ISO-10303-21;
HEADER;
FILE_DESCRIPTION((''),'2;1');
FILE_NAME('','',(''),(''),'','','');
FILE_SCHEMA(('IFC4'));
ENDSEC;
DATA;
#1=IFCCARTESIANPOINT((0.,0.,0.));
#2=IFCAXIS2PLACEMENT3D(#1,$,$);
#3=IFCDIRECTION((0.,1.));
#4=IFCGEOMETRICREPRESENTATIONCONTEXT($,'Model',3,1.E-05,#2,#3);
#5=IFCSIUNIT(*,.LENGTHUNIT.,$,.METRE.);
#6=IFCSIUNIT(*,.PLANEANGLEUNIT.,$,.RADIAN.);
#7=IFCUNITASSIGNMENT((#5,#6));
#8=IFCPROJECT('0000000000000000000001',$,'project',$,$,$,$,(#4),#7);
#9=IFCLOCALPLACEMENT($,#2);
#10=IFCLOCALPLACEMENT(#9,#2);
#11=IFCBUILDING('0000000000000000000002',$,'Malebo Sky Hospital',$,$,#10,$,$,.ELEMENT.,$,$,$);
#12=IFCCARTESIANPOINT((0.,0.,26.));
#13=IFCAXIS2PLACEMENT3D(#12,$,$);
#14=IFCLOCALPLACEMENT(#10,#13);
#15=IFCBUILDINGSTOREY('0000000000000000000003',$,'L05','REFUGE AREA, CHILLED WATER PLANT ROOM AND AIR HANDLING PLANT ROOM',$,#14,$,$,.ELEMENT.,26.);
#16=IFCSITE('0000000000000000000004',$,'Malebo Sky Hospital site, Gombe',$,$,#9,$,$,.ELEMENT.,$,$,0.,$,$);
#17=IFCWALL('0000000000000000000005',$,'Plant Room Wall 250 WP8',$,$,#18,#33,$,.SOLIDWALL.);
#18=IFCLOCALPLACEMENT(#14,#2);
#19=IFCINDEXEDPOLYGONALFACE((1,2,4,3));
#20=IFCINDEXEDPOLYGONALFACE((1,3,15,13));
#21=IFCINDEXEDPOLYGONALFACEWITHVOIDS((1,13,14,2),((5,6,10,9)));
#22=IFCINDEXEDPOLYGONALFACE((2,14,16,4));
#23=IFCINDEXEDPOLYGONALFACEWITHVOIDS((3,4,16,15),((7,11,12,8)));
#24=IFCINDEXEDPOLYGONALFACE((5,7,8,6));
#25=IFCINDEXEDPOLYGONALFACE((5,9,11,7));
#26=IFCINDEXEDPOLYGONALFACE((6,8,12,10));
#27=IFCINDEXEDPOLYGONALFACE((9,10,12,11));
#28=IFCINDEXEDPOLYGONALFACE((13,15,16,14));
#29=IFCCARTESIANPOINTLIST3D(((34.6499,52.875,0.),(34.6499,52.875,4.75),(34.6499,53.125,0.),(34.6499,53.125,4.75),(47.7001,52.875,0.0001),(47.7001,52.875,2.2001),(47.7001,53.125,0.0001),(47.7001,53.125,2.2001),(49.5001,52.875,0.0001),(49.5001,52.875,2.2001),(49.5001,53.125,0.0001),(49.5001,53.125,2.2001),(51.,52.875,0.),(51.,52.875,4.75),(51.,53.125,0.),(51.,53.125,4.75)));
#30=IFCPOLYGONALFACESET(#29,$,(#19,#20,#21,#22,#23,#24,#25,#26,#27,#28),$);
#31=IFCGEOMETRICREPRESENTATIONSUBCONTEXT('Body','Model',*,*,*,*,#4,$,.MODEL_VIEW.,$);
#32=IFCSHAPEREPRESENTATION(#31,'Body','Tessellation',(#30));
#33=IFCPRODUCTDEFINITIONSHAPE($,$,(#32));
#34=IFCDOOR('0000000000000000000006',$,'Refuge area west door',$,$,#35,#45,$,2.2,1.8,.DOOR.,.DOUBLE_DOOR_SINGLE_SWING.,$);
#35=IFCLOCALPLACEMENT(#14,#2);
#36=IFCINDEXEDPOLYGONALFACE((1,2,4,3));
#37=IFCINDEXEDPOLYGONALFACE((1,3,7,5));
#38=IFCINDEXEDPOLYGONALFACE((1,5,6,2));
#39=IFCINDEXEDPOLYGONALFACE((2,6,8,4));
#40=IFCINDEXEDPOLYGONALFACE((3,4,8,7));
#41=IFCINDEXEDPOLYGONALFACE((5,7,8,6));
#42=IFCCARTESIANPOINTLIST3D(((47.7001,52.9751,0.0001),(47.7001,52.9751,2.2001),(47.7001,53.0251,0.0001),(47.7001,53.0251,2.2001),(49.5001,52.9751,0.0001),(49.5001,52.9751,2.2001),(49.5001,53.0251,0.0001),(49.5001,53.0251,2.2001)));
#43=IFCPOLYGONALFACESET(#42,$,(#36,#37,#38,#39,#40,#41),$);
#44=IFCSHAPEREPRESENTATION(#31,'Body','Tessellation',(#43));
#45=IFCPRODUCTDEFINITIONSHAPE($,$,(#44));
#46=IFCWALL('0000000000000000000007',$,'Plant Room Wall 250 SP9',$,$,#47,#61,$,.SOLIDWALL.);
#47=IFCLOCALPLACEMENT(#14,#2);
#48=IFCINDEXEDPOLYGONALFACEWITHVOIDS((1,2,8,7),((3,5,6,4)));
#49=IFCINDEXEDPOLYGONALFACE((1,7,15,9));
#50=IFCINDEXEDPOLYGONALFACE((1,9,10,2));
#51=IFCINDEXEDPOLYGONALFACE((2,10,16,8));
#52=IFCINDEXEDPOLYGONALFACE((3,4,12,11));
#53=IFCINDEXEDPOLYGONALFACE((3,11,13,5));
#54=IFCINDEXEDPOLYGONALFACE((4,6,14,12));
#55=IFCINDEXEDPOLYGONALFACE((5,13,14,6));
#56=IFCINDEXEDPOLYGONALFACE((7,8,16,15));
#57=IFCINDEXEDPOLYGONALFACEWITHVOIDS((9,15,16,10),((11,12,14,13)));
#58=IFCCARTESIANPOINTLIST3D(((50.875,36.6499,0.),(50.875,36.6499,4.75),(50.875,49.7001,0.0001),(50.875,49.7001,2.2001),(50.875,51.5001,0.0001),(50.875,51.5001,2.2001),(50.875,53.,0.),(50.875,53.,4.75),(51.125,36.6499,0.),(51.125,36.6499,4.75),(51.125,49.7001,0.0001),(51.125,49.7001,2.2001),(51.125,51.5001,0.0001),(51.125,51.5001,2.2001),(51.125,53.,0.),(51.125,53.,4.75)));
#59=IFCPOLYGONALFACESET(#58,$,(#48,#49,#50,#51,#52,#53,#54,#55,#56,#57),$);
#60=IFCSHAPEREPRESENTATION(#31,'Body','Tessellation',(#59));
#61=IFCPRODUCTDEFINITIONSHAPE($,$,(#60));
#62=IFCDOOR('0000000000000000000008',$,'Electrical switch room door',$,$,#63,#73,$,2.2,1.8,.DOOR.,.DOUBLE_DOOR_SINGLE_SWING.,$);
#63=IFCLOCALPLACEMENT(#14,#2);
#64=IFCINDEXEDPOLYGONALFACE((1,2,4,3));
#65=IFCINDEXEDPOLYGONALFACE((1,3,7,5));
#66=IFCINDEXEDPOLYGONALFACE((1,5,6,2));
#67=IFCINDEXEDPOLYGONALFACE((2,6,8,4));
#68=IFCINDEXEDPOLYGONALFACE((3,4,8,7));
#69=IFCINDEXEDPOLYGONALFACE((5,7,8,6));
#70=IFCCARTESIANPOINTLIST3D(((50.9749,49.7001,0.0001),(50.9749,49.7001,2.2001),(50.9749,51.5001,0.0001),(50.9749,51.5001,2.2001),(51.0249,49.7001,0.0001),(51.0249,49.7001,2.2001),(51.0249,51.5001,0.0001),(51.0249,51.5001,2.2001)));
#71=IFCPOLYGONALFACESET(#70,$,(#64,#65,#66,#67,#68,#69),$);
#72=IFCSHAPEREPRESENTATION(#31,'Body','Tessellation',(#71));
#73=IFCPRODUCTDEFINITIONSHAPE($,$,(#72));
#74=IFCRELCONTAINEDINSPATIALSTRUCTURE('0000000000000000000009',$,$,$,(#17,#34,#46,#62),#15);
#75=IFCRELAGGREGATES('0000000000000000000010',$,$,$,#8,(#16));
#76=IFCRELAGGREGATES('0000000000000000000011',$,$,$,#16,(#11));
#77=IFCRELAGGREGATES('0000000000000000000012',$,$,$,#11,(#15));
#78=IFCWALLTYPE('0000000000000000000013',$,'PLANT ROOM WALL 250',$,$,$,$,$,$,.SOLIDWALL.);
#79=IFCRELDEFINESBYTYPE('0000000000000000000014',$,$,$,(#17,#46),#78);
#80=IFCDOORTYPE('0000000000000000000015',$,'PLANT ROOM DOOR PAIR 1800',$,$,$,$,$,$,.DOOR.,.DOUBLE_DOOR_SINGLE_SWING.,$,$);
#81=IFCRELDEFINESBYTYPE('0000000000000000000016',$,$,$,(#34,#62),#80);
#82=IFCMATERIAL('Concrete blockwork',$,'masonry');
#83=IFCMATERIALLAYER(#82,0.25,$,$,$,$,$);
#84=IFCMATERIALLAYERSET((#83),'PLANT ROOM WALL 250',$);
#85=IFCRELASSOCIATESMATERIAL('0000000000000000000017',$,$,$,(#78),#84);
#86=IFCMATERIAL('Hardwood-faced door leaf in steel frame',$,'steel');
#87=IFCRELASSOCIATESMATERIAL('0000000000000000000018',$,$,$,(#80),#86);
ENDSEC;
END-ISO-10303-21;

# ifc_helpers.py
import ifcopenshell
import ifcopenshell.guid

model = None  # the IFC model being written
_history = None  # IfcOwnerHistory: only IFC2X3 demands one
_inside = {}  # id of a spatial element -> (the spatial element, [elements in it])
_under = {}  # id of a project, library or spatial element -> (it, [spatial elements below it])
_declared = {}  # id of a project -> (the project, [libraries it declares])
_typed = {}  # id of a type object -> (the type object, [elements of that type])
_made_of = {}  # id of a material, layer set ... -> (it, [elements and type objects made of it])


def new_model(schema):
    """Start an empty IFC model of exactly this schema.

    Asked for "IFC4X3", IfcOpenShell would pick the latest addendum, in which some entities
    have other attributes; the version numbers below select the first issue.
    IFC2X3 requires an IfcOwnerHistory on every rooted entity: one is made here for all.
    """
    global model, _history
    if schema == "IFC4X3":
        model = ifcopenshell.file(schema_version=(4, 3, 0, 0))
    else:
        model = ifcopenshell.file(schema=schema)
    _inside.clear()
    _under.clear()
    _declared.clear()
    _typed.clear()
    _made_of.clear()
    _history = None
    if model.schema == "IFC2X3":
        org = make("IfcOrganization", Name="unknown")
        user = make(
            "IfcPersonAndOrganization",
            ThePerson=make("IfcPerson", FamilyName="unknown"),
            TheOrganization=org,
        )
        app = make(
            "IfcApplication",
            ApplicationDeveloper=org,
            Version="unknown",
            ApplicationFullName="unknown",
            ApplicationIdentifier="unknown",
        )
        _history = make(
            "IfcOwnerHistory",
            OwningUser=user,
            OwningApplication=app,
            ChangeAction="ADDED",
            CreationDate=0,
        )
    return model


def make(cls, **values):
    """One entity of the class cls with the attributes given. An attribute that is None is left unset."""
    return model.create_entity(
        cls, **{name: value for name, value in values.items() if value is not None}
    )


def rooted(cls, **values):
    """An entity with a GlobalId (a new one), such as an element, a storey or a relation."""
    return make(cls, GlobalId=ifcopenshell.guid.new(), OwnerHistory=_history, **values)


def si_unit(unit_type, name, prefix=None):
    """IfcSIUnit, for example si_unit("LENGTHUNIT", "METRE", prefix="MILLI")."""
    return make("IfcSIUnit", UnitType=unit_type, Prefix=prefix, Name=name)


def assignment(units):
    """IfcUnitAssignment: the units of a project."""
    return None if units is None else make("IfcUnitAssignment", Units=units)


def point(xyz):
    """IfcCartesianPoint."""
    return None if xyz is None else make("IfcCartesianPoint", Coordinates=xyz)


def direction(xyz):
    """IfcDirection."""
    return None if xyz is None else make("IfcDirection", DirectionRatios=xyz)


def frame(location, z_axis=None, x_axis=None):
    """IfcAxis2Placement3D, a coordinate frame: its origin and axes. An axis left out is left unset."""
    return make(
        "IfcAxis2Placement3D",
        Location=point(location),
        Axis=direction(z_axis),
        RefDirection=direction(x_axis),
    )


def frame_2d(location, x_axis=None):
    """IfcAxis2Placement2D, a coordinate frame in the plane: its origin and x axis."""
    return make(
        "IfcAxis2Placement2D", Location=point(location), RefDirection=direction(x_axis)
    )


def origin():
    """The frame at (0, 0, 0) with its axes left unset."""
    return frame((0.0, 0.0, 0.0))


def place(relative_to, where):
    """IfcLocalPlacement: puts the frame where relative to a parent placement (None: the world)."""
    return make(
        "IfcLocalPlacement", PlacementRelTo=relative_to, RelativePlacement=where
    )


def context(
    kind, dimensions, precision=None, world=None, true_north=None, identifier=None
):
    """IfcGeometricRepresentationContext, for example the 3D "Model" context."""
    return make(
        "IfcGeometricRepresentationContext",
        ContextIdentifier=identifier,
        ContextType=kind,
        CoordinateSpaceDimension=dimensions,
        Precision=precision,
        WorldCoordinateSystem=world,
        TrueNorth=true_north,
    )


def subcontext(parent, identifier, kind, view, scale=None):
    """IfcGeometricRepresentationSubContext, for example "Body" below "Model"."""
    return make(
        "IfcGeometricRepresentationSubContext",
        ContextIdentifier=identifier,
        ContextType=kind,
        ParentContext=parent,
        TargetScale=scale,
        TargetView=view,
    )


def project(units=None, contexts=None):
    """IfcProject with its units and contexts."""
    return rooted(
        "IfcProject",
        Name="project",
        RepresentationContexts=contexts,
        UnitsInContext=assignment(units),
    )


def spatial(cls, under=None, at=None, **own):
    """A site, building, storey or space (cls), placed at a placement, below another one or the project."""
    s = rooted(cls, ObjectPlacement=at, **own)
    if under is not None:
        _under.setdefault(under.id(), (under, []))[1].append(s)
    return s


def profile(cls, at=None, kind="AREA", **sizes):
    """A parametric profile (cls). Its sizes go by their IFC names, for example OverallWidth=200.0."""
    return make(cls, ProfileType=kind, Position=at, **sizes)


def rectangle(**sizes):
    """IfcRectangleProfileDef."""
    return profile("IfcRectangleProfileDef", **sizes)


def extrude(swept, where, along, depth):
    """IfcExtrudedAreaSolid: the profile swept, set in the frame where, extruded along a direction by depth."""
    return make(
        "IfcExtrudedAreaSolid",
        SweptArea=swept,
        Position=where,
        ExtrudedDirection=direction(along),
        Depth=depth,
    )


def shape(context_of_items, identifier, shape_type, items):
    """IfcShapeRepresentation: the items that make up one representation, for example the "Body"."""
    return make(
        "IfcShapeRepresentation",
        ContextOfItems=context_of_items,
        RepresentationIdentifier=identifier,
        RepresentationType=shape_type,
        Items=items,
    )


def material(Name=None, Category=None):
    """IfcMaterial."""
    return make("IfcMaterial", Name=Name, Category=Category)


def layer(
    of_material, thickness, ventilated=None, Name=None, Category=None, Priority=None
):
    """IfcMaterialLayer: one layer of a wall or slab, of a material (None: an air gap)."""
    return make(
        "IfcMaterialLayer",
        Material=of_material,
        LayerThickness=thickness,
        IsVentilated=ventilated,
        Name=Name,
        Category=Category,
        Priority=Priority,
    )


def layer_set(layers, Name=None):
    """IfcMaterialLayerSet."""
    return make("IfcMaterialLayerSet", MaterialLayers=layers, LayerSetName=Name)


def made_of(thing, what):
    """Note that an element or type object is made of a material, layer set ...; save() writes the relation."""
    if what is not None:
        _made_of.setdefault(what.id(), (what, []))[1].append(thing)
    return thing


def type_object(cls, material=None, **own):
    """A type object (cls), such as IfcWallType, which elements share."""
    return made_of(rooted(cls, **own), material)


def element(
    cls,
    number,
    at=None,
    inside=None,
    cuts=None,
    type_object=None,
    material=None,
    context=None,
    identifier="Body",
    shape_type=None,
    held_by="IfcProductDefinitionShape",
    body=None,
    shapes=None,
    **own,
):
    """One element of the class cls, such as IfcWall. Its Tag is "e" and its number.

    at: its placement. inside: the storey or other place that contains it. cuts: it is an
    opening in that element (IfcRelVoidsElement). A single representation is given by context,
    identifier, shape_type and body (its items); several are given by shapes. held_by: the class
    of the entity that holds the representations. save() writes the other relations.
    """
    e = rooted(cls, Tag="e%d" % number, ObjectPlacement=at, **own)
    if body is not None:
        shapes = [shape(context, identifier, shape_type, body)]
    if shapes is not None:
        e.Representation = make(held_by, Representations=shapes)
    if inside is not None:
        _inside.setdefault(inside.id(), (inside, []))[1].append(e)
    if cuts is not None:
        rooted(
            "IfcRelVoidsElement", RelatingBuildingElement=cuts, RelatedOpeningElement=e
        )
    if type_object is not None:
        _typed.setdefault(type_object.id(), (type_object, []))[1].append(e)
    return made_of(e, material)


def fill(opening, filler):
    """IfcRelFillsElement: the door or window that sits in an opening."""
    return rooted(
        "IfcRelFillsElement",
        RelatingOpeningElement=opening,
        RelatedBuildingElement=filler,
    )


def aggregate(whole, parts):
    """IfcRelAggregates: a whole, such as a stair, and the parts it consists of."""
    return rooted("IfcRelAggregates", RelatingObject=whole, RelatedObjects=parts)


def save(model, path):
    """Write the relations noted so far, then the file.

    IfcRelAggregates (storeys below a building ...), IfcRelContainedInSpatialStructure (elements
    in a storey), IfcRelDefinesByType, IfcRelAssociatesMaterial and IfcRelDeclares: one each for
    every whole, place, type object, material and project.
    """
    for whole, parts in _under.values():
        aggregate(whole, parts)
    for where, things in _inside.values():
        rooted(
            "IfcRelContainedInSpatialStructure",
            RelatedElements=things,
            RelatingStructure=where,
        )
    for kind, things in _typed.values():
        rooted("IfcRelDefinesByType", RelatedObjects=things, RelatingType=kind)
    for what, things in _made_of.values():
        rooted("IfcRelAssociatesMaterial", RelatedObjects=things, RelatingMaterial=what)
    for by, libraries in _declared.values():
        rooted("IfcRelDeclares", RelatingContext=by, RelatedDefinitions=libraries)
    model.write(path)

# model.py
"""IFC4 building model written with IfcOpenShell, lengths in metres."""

from ifc_helpers import new_model, si_unit, direction, frame, frame_2d, origin, place, context, subcontext, project, spatial, rectangle, extrude, material, layer, layer_set, type_object, element, fill, save


model = new_model("IFC4")

# Units and contexts
model_context = context("Model", 3, precision=1e-05, world=origin(), true_north=direction((0.0, 1.0)))
body_context = subcontext(model_context, "Body", "Model", "MODEL_VIEW")
ifc_project = project(units=[si_unit("LENGTHUNIT", "METRE"), si_unit("PLANEANGLEUNIT", "RADIAN")], contexts=[model_context])

# Site, building, storey
site_placement = place(None, origin())
site = spatial("IfcSite", under=ifc_project, at=site_placement, Name="Malebo Sky Hospital site, Gombe", CompositionType="ELEMENT", RefElevation=0.0)
building_placement = place(site_placement, origin())
building = spatial("IfcBuilding", under=site, at=building_placement, Name="Malebo Sky Hospital", CompositionType="ELEMENT")
storey_placement = place(building_placement, frame((0.0, 0.0, 26.0)))
storey = spatial("IfcBuildingStorey", under=building, at=storey_placement, Name="L05", Description="REFUGE AREA, CHILLED WATER PLANT ROOM AND AIR HANDLING PLANT ROOM", CompositionType="ELEMENT", Elevation=26.0)

# Walls, openings, doors
ifc_material_1 = material(Name="Hardwood-faced door leaf in steel frame", Category="steel")
ifc_material_2 = material(Name="Concrete blockwork", Category="masonry")
ifc_layer_1 = layer(ifc_material_2, 0.25)
ifc_layer_set_1 = layer_set([ifc_layer_1], Name="PLANT ROOM WALL 250")
wall_type_1 = type_object("IfcWallType", Name="PLANT ROOM WALL 250", PredefinedType="SOLIDWALL", material=ifc_layer_set_1)
wall_1_placement = place(storey_placement, frame((51.0, 53.0, 0.0), z_axis=(0.0, 0.0, 1.0), x_axis=(-1.0, 0.0, 0.0)))
wall_1 = element("IfcWall", 1, at=wall_1_placement, inside=storey, type_object=wall_type_1, Name="Plant Room Wall 250 WP8", PredefinedType="SOLIDWALL", context=body_context, shape_type="SweptSolid", body=[
    extrude(rectangle(XDim=16.3501, YDim=0.25, at=frame_2d((8.175, 0.0))), origin(), (0.0, 0.0, 1.0), 4.75),
])
opening_1_placement = place(wall_1_placement, frame((1.5, 0.0, 0.0)))
opening_1 = element("IfcOpeningElement", 2, at=opening_1_placement, cuts=wall_1, PredefinedType="OPENING", context=body_context, shape_type="SweptSolid", body=[
    extrude(rectangle(XDim=1.8, YDim=2.2, at=frame_2d((0.8999, 1.1001))), frame((0.0, 0.135, 0.0), z_axis=(0.0, -1.0, 0.0), x_axis=(1.0, 0.0, 0.0)), (0.0, 0.0, 1.0), 0.27),
])
door_type_1 = type_object("IfcDoorType", Name="PLANT ROOM DOOR PAIR 1800", OperationType="DOUBLE_DOOR_SINGLE_SWING", PredefinedType="DOOR", material=ifc_material_1)
door_1_placement = place(opening_1_placement, origin())
door_1 = element("IfcDoor", 3, at=door_1_placement, inside=storey, type_object=door_type_1, Name="Refuge area west door", OperationType="DOUBLE_DOOR_SINGLE_SWING", OverallHeight=2.2, OverallWidth=1.8, PredefinedType="DOOR", context=body_context, shape_type="SweptSolid", body=[
    extrude(rectangle(XDim=1.8, YDim=2.2, at=frame_2d((0.8999, 1.1001))), frame((0.0, 0.0249, 0.0), z_axis=(0.0, -1.0, 0.0), x_axis=(1.0, 0.0, 0.0)), (0.0, 0.0, 1.0), 0.05),
])
fill(opening_1, door_1)
wall_2_placement = place(storey_placement, frame((51.0, 53.0, 0.0), z_axis=(0.0, 0.0, 1.0), x_axis=(0.0, -1.0, 0.0)))
wall_2 = element("IfcWall", 4, at=wall_2_placement, inside=storey, type_object=wall_type_1, Name="Plant Room Wall 250 SP9", PredefinedType="SOLIDWALL", context=body_context, shape_type="SweptSolid", body=[
    extrude(rectangle(XDim=16.3501, YDim=0.25, at=frame_2d((8.175, 0.0))), origin(), (0.0, 0.0, 1.0), 4.75),
])
opening_2_placement = place(wall_2_placement, frame((1.5, 0.0, 0.0)))
opening_2 = element("IfcOpeningElement", 5, at=opening_2_placement, cuts=wall_2, PredefinedType="OPENING", context=body_context, shape_type="SweptSolid", body=[
    extrude(rectangle(XDim=1.8, YDim=2.2, at=frame_2d((0.8999, 1.1001))), frame((0.0, 0.135, 0.0), z_axis=(0.0, -1.0, 0.0), x_axis=(1.0, 0.0, 0.0)), (0.0, 0.0, 1.0), 0.27),
])
door_2_placement = place(opening_2_placement, origin())
door_2 = element("IfcDoor", 6, at=door_2_placement, inside=storey, type_object=door_type_1, Name="Electrical switch room door", OperationType="DOUBLE_DOOR_SINGLE_SWING", OverallHeight=2.2, OverallWidth=1.8, PredefinedType="DOOR", context=body_context, shape_type="SweptSolid", body=[
    extrude(rectangle(XDim=1.8, YDim=2.2, at=frame_2d((0.8999, 1.1001))), frame((0.0, 0.0249, 0.0), z_axis=(0.0, -1.0, 0.0), x_axis=(1.0, 0.0, 0.0)), (0.0, 0.0, 1.0), 0.05),
])
fill(opening_2, door_2)

save(model, "model.ifc")
